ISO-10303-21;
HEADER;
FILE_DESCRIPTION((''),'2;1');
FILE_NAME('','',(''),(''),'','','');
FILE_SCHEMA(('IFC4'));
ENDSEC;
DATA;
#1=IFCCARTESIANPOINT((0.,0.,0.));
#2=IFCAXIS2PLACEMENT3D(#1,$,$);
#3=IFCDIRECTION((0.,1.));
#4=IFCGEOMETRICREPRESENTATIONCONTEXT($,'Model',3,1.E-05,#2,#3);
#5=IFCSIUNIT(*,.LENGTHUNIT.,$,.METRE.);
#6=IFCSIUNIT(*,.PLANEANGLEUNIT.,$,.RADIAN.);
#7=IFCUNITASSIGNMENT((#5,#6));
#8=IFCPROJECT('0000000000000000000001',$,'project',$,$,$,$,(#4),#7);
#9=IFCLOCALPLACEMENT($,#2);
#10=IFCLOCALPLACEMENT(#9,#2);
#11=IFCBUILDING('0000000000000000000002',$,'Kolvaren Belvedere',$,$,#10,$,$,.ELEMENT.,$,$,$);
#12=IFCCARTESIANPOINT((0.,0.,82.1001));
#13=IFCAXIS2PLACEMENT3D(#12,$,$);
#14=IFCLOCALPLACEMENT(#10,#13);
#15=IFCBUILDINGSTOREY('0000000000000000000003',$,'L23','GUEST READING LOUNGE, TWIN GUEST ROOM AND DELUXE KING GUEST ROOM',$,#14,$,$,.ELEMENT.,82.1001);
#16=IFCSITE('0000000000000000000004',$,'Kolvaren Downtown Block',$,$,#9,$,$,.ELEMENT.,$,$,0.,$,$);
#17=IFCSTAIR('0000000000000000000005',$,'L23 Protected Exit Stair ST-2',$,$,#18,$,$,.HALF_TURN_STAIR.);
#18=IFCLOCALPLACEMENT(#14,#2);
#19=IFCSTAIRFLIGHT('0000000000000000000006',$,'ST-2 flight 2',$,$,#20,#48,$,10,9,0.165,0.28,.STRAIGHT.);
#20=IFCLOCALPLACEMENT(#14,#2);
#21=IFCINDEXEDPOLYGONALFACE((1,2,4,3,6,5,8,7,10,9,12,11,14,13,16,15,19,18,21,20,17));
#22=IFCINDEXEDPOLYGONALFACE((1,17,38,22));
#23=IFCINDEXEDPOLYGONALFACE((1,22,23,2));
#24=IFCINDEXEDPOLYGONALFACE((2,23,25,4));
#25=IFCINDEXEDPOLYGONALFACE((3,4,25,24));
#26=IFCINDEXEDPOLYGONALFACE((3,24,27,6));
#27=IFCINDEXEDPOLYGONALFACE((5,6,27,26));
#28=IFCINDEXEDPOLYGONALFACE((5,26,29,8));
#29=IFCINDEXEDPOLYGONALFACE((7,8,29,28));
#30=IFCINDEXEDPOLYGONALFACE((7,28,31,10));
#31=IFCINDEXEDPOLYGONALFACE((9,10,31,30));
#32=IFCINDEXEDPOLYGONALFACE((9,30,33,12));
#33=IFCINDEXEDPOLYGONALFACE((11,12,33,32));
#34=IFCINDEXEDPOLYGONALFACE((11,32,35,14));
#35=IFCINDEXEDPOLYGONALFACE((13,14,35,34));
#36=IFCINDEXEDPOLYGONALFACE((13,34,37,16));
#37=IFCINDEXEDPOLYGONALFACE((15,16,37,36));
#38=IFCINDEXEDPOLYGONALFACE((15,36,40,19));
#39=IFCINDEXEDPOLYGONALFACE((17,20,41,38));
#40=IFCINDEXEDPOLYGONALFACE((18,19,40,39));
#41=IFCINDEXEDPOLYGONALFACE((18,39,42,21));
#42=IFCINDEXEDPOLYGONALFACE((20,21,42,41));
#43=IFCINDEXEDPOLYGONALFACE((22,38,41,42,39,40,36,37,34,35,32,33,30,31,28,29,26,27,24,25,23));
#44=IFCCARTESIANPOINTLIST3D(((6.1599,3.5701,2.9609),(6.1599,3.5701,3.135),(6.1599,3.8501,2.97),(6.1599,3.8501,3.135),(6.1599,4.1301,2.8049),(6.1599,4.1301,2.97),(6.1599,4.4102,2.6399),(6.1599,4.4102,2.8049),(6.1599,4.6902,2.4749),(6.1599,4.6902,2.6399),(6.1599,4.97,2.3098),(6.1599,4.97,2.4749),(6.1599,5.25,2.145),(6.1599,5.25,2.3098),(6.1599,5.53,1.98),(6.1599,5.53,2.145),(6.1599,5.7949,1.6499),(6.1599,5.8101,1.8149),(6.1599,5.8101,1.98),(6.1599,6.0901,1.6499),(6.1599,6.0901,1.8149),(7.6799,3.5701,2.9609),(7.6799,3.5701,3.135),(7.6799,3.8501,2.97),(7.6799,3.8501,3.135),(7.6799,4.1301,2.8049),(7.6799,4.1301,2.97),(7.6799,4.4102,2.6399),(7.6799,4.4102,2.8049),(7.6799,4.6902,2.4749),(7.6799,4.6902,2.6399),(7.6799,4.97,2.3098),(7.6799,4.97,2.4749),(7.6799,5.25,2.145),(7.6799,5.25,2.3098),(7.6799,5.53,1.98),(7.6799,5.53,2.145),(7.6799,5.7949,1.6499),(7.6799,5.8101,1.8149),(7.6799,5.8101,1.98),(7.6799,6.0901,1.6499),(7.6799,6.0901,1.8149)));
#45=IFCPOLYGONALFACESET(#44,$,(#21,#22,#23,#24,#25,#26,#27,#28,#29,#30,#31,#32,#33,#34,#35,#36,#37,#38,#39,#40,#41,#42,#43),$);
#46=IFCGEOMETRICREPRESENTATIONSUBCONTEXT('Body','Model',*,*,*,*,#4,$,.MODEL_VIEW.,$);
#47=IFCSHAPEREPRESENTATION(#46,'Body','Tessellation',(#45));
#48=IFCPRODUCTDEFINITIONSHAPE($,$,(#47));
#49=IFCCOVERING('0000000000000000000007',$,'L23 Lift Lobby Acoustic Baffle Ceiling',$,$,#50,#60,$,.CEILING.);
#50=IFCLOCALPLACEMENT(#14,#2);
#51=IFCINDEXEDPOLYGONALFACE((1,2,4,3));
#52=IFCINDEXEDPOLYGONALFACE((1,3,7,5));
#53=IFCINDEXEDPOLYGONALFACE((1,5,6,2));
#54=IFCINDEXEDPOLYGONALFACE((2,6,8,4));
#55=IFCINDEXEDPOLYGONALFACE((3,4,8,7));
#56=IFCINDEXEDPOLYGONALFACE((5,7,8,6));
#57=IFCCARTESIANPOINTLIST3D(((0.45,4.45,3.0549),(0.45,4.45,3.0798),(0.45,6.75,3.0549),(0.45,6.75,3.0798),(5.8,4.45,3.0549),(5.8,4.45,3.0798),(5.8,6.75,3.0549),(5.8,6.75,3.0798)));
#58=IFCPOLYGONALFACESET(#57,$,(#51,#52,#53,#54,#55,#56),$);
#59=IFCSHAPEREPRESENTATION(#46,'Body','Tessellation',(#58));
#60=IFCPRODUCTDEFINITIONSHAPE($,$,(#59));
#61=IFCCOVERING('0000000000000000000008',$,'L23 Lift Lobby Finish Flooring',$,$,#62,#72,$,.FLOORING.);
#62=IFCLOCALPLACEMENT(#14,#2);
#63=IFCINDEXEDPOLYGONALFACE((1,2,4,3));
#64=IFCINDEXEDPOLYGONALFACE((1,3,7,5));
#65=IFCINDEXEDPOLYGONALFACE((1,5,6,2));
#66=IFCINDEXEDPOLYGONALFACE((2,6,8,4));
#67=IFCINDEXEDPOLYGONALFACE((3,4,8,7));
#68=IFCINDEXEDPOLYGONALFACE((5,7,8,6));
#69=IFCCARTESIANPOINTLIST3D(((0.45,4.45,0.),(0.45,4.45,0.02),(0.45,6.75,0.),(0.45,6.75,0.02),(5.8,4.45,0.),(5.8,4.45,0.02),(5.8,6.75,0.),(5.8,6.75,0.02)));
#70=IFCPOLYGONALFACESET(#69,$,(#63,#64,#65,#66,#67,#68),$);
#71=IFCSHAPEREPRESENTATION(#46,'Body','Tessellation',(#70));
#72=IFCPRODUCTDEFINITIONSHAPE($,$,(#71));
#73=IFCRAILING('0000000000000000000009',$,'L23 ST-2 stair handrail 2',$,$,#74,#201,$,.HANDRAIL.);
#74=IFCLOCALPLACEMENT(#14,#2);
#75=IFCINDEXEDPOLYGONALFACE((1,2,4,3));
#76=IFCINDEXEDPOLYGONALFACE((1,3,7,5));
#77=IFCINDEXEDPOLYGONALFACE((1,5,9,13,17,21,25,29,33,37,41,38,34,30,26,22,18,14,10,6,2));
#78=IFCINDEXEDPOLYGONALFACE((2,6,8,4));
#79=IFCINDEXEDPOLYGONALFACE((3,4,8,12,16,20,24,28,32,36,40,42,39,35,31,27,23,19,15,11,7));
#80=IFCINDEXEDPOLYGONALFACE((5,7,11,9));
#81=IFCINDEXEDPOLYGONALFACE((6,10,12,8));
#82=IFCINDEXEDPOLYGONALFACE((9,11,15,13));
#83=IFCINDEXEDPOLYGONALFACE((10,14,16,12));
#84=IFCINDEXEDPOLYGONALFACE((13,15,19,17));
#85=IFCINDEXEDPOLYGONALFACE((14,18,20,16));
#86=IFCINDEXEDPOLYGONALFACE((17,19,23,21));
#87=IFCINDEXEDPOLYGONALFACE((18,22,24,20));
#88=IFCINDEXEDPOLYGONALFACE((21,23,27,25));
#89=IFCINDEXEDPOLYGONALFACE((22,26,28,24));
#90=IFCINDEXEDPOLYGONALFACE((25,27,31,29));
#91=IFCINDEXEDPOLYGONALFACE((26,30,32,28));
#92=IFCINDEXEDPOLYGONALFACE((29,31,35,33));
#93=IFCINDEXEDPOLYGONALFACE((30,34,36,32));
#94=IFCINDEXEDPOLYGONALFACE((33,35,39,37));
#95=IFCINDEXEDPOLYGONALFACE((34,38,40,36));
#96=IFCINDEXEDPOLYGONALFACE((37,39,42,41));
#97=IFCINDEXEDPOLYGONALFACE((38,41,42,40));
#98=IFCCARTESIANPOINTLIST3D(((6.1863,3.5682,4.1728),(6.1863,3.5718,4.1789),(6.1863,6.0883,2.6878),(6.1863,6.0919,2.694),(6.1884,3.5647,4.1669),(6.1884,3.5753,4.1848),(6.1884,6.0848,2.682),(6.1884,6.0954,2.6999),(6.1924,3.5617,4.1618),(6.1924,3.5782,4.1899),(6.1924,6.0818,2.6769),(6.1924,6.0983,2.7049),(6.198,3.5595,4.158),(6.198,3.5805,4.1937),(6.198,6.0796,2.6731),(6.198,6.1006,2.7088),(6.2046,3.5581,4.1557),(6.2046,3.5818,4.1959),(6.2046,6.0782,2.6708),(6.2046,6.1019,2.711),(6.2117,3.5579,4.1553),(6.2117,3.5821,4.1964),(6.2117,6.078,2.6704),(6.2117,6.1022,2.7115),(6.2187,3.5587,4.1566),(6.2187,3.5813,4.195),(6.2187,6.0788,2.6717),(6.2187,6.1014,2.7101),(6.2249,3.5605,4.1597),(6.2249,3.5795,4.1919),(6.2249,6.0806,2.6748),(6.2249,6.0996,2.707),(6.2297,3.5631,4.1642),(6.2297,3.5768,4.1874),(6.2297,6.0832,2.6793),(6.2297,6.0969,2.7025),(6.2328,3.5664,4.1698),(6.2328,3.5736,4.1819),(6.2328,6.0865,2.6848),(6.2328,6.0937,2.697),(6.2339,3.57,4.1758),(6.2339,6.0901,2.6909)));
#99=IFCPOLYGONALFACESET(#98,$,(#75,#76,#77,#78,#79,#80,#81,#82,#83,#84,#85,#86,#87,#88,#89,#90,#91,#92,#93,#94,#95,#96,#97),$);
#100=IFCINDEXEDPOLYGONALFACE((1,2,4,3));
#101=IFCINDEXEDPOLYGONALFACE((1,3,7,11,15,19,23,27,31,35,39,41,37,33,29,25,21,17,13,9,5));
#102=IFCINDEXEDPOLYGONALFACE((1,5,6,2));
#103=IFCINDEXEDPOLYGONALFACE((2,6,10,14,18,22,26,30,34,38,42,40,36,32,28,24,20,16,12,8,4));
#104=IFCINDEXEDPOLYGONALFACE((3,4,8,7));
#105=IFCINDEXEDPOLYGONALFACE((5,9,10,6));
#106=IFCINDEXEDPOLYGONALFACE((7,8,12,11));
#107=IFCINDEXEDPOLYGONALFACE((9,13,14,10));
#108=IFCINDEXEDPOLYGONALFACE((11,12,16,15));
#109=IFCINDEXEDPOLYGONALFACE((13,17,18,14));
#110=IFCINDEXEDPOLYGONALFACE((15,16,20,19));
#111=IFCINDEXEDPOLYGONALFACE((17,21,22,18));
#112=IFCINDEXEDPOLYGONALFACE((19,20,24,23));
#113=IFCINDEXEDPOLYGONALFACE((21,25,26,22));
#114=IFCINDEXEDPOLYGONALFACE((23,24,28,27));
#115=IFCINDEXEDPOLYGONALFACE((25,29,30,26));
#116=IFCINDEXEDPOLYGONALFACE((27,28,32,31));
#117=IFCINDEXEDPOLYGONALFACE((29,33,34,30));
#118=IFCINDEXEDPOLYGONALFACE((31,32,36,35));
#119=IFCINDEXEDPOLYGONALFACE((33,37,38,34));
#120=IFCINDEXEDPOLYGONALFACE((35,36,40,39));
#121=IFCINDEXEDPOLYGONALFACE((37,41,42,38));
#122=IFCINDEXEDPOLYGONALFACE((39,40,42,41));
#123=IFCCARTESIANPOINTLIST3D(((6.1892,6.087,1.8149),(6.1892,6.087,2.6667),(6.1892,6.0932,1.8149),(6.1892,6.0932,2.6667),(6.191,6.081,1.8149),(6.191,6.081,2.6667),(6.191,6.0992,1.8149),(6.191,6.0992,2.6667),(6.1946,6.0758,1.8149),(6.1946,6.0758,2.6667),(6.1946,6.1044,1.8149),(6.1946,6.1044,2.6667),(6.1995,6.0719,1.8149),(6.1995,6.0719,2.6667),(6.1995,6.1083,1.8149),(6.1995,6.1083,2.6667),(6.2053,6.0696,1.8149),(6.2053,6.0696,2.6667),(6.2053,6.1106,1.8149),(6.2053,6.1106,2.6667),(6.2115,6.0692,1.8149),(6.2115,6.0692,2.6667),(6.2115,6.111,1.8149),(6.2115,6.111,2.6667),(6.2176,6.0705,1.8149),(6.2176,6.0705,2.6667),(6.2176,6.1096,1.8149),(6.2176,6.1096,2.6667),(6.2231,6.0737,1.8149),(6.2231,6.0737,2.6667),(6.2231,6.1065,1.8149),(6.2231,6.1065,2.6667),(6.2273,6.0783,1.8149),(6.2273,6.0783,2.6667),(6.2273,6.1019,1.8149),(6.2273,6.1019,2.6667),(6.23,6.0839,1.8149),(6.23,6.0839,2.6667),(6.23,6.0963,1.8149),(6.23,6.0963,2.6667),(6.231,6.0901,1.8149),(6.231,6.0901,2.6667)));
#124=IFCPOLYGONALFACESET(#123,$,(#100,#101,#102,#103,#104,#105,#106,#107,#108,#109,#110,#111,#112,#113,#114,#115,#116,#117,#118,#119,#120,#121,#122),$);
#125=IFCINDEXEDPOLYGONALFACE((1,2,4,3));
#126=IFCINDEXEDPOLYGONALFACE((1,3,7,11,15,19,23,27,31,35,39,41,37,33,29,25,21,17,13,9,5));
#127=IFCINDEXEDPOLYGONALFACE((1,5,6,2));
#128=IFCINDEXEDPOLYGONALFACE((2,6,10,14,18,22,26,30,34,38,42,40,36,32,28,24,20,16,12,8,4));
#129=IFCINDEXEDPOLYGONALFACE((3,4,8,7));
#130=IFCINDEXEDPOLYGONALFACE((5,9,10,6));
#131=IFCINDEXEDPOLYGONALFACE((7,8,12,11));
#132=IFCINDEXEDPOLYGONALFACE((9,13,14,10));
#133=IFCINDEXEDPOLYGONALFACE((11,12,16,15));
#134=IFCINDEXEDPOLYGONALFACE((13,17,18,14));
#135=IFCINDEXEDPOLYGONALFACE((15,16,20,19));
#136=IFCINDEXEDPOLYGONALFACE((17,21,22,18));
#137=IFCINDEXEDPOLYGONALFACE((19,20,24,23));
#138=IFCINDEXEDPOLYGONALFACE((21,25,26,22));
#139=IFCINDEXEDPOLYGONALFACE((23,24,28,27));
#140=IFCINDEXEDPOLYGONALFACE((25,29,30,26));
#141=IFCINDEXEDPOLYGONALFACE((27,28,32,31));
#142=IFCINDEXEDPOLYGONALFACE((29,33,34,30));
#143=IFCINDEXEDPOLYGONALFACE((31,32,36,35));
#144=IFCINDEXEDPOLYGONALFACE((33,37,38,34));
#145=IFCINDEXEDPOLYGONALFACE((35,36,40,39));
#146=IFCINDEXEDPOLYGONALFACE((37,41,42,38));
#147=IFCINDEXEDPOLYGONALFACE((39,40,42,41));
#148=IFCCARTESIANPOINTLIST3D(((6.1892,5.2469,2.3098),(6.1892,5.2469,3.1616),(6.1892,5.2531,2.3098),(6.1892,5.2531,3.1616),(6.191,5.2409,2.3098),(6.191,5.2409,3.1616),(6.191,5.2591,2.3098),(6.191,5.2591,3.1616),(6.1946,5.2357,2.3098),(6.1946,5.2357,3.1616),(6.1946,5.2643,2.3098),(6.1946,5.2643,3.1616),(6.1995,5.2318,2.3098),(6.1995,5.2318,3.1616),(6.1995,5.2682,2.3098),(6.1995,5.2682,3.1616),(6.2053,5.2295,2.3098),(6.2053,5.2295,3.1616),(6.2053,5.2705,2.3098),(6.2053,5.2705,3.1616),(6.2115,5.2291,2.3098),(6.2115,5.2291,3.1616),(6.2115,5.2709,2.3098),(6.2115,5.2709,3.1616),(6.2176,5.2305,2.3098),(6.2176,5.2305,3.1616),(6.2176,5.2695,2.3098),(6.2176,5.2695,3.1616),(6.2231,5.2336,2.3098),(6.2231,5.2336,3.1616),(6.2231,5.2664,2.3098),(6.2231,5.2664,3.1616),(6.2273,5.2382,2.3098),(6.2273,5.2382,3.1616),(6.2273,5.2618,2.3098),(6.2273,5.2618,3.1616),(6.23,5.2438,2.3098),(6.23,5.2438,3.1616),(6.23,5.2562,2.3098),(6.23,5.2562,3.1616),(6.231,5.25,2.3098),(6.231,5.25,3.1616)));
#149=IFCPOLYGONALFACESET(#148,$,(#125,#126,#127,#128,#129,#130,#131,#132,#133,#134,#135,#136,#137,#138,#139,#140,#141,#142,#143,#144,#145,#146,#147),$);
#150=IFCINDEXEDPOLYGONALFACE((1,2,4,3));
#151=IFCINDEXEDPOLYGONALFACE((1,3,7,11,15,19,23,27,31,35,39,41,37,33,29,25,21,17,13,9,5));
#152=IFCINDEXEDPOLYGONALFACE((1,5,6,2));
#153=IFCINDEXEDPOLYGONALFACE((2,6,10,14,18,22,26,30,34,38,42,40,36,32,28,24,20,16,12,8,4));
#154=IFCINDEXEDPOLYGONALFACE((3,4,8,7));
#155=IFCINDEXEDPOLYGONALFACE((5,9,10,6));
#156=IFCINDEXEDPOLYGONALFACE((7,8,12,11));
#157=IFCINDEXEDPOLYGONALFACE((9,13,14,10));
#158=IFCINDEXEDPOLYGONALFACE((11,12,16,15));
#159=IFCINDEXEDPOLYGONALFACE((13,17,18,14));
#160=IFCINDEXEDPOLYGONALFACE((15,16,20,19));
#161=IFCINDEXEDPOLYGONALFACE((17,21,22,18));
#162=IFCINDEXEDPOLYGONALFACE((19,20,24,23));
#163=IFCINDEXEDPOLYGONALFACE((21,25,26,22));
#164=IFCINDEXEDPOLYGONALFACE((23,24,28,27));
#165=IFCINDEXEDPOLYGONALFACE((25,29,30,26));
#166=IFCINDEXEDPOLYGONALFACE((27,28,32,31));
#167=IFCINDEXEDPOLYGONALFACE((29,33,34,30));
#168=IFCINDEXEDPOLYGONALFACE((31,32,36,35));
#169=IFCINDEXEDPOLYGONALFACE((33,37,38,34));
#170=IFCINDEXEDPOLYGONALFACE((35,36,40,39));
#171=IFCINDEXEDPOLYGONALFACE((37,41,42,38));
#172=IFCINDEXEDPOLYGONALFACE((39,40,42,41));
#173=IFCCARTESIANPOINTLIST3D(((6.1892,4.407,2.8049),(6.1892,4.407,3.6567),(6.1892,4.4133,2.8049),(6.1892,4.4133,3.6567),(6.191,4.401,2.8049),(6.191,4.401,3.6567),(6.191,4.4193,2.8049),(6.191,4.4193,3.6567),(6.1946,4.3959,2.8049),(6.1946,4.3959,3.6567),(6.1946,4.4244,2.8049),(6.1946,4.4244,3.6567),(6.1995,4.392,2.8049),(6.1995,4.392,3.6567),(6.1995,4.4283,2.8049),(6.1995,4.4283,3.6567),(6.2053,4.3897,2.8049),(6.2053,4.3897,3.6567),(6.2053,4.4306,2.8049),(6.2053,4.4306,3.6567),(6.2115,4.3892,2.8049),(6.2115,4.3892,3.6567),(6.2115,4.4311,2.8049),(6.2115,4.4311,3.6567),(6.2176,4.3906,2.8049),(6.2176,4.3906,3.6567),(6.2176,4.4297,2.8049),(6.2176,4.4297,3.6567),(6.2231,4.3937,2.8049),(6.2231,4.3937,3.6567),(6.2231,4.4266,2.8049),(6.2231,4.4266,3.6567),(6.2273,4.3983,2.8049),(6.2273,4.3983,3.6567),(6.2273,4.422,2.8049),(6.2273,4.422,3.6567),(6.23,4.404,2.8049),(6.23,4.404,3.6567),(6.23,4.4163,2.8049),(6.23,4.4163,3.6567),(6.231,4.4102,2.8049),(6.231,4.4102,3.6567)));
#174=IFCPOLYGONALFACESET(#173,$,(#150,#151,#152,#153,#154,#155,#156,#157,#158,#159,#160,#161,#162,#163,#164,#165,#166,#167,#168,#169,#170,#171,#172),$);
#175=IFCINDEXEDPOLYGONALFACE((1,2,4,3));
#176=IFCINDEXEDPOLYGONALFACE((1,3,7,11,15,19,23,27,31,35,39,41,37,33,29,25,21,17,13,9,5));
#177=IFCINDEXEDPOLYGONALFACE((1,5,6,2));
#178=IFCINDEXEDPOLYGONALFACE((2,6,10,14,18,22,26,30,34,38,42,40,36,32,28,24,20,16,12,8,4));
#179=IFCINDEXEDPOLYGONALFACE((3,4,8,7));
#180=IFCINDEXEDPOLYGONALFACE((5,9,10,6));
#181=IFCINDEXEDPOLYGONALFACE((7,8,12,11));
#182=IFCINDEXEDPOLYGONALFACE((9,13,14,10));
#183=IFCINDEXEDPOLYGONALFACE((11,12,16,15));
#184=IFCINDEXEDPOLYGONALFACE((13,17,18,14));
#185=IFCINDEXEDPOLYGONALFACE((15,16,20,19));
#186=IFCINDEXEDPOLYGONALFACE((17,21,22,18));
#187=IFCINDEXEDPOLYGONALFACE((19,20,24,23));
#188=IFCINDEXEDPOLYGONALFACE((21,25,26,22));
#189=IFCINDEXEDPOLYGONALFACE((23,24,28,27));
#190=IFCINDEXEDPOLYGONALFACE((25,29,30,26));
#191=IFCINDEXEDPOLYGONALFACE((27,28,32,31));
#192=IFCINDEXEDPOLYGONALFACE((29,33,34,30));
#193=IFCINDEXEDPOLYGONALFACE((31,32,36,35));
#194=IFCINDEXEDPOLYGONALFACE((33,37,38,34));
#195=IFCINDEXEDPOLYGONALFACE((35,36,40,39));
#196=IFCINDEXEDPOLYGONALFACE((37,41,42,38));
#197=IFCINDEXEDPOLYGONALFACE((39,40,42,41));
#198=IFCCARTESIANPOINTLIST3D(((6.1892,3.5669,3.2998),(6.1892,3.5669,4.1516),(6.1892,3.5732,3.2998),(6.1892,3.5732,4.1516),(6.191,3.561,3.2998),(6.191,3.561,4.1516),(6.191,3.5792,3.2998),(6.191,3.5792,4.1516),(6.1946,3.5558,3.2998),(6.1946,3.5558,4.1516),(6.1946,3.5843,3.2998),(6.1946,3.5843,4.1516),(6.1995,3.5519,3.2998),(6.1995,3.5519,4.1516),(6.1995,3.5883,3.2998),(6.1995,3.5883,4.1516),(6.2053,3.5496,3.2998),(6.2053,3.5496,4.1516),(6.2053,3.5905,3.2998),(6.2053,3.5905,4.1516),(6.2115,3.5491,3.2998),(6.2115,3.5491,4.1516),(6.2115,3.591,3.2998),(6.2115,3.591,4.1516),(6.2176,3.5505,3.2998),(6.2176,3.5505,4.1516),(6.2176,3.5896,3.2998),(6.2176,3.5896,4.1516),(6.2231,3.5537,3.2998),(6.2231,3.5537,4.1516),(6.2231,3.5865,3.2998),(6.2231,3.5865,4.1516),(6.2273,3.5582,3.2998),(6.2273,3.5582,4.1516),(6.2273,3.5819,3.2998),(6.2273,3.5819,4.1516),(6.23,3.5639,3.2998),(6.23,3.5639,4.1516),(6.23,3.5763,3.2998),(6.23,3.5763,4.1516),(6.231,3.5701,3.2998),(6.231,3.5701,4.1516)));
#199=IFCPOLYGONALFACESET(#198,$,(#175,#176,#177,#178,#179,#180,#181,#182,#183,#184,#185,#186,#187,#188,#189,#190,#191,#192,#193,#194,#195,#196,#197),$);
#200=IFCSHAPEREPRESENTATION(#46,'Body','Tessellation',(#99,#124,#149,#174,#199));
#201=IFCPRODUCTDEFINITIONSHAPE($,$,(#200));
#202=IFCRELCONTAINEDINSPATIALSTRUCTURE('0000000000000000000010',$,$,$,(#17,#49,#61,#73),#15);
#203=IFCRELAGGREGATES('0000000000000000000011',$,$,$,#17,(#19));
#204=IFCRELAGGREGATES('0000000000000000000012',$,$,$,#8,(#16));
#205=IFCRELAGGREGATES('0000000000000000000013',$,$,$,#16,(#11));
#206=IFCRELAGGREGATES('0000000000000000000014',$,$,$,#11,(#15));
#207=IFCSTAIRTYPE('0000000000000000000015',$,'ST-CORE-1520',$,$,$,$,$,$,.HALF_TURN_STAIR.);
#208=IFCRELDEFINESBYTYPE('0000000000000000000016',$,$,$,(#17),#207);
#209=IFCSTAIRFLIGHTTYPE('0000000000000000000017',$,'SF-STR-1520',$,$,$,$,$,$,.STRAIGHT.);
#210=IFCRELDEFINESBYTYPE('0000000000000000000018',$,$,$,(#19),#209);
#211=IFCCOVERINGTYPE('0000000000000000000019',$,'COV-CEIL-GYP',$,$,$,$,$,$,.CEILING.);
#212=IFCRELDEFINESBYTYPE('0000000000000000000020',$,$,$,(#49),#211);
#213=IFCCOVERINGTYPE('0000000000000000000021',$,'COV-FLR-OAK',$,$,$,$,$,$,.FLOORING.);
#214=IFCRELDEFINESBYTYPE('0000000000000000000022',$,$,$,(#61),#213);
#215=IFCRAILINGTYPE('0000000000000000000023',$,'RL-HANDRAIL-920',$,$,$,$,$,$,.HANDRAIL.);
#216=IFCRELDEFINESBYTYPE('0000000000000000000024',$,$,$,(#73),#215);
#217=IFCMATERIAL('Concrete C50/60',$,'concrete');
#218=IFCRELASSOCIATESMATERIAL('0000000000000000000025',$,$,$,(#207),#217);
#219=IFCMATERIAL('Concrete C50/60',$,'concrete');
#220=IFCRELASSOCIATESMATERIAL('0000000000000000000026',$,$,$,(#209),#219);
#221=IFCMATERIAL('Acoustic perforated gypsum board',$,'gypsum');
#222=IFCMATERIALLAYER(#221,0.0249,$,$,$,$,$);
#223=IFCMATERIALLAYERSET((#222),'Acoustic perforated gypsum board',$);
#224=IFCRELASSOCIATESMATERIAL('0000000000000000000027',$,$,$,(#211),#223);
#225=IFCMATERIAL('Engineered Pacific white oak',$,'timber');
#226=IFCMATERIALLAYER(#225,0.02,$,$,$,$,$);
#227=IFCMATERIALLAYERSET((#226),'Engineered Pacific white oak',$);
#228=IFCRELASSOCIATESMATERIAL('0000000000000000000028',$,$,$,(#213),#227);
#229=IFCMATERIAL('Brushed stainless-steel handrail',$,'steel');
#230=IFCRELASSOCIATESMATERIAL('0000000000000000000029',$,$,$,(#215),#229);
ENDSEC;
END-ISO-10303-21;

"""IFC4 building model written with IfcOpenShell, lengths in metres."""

from ifc_helpers import new_model, si_unit, direction, frame, origin, origin_2d, place, context, subcontext, project, spatial, polyline, circle, outline, extrude, material, layer, layer_set, type_object, element, aggregate, save


model = new_model("IFC4")

# Units and contexts
model_context = context("Model", 3, precision=1e-05, world=origin(), true_north=direction((0.0, 1.0)))
body_context = subcontext(model_context, "Body", "Model", "MODEL_VIEW")
ifc_project = project(units=[si_unit("LENGTHUNIT", "METRE"), si_unit("PLANEANGLEUNIT", "RADIAN")], contexts=[model_context])

# Site, building, storey
site_placement = place(None, origin())
site = spatial("IfcSite", under=ifc_project, at=site_placement, Name="Kolvaren Downtown Block", CompositionType="ELEMENT", RefElevation=0.0)
building_placement = place(site_placement, origin())
building = spatial("IfcBuilding", under=site, at=building_placement, Name="Kolvaren Belvedere", CompositionType="ELEMENT")
storey_placement = place(building_placement, frame((0.0, 0.0, 82.1001)))
storey = spatial("IfcBuildingStorey", under=building, at=storey_placement, Name="L23", Description="GUEST READING LOUNGE, TWIN GUEST ROOM AND DELUXE KING GUEST ROOM", CompositionType="ELEMENT", Elevation=82.1001)

# Stair
ifc_material_1 = material(Name="Concrete C50/60", Category="concrete")
stair_type = type_object("IfcStairType", Name="ST-CORE-1520", PredefinedType="HALF_TURN_STAIR", material=ifc_material_1)
stair_1_placement = place(storey_placement, origin())
stair_1 = element("IfcStair", 1, at=stair_1_placement, inside=storey, type_object=stair_type, Name="L23 Protected Exit Stair ST-2", PredefinedType="HALF_TURN_STAIR")

# Stair flight
ifc_material_2 = material(Name="Concrete C50/60", Category="concrete")
stair_flight_type = type_object("IfcStairFlightType", Name="SF-STR-1520", PredefinedType="STRAIGHT", material=ifc_material_2)
stair_flight_1_placement = place(storey_placement, frame((6.9199, 6.0901, 1.6499), z_axis=(0.0, 0.0, 1.0), x_axis=(0.0, -1.0, 0.0)))
stair_flight_1 = element("IfcStairFlight", 2, at=stair_flight_1_placement, type_object=stair_flight_type, Name="ST-2 flight 2", NumberOfRisers=10, NumberOfTreads=9, PredefinedType="STRAIGHT", RiserHeight=0.165, TreadLength=0.28, context=body_context, shape_type="SweptSolid", body=[
    extrude(outline(polyline([(0.0, 0.0), (0.0, 0.165), (0.28, 0.165), (0.28, 0.3301), (0.5601, 0.3301), (0.5601, 0.4951), (0.8401, 0.4951), (0.8401, 0.6599), (1.1201, 0.6599), (1.1201, 0.825), (1.3999, 0.825), (1.3999, 0.99), (1.6799, 0.99), (1.6799, 1.155), (1.96, 1.155), (1.96, 1.3201), (2.24, 1.3201), (2.24, 1.4851), (2.52, 1.4851), (2.52, 1.6499), (2.52, 1.311), (0.2952, 0.0), (0.0, 0.0)])), frame((0.0, 0.76, 0.0), z_axis=(0.0, -1.0, 0.0), x_axis=(1.0, 0.0, 0.0)), (0.0, 0.0, 1.0), 1.52),
])
aggregate(stair_1, [stair_flight_1])

# Coverings
ifc_material_3 = material(Name="Acoustic perforated gypsum board", Category="gypsum")
ifc_layer_1 = layer(ifc_material_3, 0.0249)
ifc_layer_set_1 = layer_set([ifc_layer_1], Name="Acoustic perforated gypsum board")
covering_type_1 = type_object("IfcCoveringType", Name="COV-CEIL-GYP", PredefinedType="CEILING", material=ifc_layer_set_1)
covering_1_placement = place(storey_placement, frame((0.0, 0.0, 3.0549)))
element("IfcCovering", 3, at=covering_1_placement, inside=storey, type_object=covering_type_1, Name="L23 Lift Lobby Acoustic Baffle Ceiling", PredefinedType="CEILING", context=body_context, shape_type="SweptSolid", body=[
    extrude(outline(polyline([(0.45, 4.45), (5.8, 4.45), (5.8, 6.75), (0.45, 6.75), (0.45, 4.45)])), origin(), (0.0, 0.0, 1.0), 0.0249),
])
ifc_material_4 = material(Name="Engineered Pacific white oak", Category="timber")
ifc_layer_2 = layer(ifc_material_4, 0.02)
ifc_layer_set_2 = layer_set([ifc_layer_2], Name="Engineered Pacific white oak")
covering_type_2 = type_object("IfcCoveringType", Name="COV-FLR-OAK", PredefinedType="FLOORING", material=ifc_layer_set_2)
covering_2_placement = place(storey_placement, origin())
element("IfcCovering", 4, at=covering_2_placement, inside=storey, type_object=covering_type_2, Name="L23 Lift Lobby Finish Flooring", PredefinedType="FLOORING", context=body_context, shape_type="SweptSolid", body=[
    extrude(outline(polyline([(0.45, 4.45), (5.8, 4.45), (5.8, 6.75), (0.45, 6.75), (0.45, 4.45)])), origin(), (0.0, 0.0, 1.0), 0.02),
])

# Railing
ifc_material_5 = material(Name="Brushed stainless-steel handrail", Category="steel")
railing_type_1 = type_object("IfcRailingType", Name="RL-HANDRAIL-920", PredefinedType="HANDRAIL", material=ifc_material_5)
railing_1_placement = place(storey_placement, frame((6.21, 6.0901, 1.8149)))
element("IfcRailing", 5, at=railing_1_placement, inside=storey, type_object=railing_type_1, Name="L23 ST-2 stair handrail 2", PredefinedType="HANDRAIL", context=body_context, shape_type="SweptSolid", body=[
    extrude(circle(Radius=0.0239, at=origin_2d()), frame((0.0, 0.0, 0.876), z_axis=(0.0, -0.861561, 0.507655), x_axis=(1.0, 0.0, 0.0)), (0.0, 0.0, 1.0), 2.925),
    extrude(circle(Radius=0.021, at=origin_2d()), origin(), (0.0, 0.0, 1.0), 0.8518),
    extrude(circle(Radius=0.021, at=origin_2d()), frame((0.0, -0.8401, 0.4949)), (0.0, 0.0, 1.0), 0.8518),
    extrude(circle(Radius=0.021, at=origin_2d()), frame((0.0, -1.6799, 0.99)), (0.0, 0.0, 1.0), 0.8518),
    extrude(circle(Radius=0.021, at=origin_2d()), frame((0.0, -2.52, 1.4849)), (0.0, 0.0, 1.0), 0.8518),
])

save(model, "model.ifc")
